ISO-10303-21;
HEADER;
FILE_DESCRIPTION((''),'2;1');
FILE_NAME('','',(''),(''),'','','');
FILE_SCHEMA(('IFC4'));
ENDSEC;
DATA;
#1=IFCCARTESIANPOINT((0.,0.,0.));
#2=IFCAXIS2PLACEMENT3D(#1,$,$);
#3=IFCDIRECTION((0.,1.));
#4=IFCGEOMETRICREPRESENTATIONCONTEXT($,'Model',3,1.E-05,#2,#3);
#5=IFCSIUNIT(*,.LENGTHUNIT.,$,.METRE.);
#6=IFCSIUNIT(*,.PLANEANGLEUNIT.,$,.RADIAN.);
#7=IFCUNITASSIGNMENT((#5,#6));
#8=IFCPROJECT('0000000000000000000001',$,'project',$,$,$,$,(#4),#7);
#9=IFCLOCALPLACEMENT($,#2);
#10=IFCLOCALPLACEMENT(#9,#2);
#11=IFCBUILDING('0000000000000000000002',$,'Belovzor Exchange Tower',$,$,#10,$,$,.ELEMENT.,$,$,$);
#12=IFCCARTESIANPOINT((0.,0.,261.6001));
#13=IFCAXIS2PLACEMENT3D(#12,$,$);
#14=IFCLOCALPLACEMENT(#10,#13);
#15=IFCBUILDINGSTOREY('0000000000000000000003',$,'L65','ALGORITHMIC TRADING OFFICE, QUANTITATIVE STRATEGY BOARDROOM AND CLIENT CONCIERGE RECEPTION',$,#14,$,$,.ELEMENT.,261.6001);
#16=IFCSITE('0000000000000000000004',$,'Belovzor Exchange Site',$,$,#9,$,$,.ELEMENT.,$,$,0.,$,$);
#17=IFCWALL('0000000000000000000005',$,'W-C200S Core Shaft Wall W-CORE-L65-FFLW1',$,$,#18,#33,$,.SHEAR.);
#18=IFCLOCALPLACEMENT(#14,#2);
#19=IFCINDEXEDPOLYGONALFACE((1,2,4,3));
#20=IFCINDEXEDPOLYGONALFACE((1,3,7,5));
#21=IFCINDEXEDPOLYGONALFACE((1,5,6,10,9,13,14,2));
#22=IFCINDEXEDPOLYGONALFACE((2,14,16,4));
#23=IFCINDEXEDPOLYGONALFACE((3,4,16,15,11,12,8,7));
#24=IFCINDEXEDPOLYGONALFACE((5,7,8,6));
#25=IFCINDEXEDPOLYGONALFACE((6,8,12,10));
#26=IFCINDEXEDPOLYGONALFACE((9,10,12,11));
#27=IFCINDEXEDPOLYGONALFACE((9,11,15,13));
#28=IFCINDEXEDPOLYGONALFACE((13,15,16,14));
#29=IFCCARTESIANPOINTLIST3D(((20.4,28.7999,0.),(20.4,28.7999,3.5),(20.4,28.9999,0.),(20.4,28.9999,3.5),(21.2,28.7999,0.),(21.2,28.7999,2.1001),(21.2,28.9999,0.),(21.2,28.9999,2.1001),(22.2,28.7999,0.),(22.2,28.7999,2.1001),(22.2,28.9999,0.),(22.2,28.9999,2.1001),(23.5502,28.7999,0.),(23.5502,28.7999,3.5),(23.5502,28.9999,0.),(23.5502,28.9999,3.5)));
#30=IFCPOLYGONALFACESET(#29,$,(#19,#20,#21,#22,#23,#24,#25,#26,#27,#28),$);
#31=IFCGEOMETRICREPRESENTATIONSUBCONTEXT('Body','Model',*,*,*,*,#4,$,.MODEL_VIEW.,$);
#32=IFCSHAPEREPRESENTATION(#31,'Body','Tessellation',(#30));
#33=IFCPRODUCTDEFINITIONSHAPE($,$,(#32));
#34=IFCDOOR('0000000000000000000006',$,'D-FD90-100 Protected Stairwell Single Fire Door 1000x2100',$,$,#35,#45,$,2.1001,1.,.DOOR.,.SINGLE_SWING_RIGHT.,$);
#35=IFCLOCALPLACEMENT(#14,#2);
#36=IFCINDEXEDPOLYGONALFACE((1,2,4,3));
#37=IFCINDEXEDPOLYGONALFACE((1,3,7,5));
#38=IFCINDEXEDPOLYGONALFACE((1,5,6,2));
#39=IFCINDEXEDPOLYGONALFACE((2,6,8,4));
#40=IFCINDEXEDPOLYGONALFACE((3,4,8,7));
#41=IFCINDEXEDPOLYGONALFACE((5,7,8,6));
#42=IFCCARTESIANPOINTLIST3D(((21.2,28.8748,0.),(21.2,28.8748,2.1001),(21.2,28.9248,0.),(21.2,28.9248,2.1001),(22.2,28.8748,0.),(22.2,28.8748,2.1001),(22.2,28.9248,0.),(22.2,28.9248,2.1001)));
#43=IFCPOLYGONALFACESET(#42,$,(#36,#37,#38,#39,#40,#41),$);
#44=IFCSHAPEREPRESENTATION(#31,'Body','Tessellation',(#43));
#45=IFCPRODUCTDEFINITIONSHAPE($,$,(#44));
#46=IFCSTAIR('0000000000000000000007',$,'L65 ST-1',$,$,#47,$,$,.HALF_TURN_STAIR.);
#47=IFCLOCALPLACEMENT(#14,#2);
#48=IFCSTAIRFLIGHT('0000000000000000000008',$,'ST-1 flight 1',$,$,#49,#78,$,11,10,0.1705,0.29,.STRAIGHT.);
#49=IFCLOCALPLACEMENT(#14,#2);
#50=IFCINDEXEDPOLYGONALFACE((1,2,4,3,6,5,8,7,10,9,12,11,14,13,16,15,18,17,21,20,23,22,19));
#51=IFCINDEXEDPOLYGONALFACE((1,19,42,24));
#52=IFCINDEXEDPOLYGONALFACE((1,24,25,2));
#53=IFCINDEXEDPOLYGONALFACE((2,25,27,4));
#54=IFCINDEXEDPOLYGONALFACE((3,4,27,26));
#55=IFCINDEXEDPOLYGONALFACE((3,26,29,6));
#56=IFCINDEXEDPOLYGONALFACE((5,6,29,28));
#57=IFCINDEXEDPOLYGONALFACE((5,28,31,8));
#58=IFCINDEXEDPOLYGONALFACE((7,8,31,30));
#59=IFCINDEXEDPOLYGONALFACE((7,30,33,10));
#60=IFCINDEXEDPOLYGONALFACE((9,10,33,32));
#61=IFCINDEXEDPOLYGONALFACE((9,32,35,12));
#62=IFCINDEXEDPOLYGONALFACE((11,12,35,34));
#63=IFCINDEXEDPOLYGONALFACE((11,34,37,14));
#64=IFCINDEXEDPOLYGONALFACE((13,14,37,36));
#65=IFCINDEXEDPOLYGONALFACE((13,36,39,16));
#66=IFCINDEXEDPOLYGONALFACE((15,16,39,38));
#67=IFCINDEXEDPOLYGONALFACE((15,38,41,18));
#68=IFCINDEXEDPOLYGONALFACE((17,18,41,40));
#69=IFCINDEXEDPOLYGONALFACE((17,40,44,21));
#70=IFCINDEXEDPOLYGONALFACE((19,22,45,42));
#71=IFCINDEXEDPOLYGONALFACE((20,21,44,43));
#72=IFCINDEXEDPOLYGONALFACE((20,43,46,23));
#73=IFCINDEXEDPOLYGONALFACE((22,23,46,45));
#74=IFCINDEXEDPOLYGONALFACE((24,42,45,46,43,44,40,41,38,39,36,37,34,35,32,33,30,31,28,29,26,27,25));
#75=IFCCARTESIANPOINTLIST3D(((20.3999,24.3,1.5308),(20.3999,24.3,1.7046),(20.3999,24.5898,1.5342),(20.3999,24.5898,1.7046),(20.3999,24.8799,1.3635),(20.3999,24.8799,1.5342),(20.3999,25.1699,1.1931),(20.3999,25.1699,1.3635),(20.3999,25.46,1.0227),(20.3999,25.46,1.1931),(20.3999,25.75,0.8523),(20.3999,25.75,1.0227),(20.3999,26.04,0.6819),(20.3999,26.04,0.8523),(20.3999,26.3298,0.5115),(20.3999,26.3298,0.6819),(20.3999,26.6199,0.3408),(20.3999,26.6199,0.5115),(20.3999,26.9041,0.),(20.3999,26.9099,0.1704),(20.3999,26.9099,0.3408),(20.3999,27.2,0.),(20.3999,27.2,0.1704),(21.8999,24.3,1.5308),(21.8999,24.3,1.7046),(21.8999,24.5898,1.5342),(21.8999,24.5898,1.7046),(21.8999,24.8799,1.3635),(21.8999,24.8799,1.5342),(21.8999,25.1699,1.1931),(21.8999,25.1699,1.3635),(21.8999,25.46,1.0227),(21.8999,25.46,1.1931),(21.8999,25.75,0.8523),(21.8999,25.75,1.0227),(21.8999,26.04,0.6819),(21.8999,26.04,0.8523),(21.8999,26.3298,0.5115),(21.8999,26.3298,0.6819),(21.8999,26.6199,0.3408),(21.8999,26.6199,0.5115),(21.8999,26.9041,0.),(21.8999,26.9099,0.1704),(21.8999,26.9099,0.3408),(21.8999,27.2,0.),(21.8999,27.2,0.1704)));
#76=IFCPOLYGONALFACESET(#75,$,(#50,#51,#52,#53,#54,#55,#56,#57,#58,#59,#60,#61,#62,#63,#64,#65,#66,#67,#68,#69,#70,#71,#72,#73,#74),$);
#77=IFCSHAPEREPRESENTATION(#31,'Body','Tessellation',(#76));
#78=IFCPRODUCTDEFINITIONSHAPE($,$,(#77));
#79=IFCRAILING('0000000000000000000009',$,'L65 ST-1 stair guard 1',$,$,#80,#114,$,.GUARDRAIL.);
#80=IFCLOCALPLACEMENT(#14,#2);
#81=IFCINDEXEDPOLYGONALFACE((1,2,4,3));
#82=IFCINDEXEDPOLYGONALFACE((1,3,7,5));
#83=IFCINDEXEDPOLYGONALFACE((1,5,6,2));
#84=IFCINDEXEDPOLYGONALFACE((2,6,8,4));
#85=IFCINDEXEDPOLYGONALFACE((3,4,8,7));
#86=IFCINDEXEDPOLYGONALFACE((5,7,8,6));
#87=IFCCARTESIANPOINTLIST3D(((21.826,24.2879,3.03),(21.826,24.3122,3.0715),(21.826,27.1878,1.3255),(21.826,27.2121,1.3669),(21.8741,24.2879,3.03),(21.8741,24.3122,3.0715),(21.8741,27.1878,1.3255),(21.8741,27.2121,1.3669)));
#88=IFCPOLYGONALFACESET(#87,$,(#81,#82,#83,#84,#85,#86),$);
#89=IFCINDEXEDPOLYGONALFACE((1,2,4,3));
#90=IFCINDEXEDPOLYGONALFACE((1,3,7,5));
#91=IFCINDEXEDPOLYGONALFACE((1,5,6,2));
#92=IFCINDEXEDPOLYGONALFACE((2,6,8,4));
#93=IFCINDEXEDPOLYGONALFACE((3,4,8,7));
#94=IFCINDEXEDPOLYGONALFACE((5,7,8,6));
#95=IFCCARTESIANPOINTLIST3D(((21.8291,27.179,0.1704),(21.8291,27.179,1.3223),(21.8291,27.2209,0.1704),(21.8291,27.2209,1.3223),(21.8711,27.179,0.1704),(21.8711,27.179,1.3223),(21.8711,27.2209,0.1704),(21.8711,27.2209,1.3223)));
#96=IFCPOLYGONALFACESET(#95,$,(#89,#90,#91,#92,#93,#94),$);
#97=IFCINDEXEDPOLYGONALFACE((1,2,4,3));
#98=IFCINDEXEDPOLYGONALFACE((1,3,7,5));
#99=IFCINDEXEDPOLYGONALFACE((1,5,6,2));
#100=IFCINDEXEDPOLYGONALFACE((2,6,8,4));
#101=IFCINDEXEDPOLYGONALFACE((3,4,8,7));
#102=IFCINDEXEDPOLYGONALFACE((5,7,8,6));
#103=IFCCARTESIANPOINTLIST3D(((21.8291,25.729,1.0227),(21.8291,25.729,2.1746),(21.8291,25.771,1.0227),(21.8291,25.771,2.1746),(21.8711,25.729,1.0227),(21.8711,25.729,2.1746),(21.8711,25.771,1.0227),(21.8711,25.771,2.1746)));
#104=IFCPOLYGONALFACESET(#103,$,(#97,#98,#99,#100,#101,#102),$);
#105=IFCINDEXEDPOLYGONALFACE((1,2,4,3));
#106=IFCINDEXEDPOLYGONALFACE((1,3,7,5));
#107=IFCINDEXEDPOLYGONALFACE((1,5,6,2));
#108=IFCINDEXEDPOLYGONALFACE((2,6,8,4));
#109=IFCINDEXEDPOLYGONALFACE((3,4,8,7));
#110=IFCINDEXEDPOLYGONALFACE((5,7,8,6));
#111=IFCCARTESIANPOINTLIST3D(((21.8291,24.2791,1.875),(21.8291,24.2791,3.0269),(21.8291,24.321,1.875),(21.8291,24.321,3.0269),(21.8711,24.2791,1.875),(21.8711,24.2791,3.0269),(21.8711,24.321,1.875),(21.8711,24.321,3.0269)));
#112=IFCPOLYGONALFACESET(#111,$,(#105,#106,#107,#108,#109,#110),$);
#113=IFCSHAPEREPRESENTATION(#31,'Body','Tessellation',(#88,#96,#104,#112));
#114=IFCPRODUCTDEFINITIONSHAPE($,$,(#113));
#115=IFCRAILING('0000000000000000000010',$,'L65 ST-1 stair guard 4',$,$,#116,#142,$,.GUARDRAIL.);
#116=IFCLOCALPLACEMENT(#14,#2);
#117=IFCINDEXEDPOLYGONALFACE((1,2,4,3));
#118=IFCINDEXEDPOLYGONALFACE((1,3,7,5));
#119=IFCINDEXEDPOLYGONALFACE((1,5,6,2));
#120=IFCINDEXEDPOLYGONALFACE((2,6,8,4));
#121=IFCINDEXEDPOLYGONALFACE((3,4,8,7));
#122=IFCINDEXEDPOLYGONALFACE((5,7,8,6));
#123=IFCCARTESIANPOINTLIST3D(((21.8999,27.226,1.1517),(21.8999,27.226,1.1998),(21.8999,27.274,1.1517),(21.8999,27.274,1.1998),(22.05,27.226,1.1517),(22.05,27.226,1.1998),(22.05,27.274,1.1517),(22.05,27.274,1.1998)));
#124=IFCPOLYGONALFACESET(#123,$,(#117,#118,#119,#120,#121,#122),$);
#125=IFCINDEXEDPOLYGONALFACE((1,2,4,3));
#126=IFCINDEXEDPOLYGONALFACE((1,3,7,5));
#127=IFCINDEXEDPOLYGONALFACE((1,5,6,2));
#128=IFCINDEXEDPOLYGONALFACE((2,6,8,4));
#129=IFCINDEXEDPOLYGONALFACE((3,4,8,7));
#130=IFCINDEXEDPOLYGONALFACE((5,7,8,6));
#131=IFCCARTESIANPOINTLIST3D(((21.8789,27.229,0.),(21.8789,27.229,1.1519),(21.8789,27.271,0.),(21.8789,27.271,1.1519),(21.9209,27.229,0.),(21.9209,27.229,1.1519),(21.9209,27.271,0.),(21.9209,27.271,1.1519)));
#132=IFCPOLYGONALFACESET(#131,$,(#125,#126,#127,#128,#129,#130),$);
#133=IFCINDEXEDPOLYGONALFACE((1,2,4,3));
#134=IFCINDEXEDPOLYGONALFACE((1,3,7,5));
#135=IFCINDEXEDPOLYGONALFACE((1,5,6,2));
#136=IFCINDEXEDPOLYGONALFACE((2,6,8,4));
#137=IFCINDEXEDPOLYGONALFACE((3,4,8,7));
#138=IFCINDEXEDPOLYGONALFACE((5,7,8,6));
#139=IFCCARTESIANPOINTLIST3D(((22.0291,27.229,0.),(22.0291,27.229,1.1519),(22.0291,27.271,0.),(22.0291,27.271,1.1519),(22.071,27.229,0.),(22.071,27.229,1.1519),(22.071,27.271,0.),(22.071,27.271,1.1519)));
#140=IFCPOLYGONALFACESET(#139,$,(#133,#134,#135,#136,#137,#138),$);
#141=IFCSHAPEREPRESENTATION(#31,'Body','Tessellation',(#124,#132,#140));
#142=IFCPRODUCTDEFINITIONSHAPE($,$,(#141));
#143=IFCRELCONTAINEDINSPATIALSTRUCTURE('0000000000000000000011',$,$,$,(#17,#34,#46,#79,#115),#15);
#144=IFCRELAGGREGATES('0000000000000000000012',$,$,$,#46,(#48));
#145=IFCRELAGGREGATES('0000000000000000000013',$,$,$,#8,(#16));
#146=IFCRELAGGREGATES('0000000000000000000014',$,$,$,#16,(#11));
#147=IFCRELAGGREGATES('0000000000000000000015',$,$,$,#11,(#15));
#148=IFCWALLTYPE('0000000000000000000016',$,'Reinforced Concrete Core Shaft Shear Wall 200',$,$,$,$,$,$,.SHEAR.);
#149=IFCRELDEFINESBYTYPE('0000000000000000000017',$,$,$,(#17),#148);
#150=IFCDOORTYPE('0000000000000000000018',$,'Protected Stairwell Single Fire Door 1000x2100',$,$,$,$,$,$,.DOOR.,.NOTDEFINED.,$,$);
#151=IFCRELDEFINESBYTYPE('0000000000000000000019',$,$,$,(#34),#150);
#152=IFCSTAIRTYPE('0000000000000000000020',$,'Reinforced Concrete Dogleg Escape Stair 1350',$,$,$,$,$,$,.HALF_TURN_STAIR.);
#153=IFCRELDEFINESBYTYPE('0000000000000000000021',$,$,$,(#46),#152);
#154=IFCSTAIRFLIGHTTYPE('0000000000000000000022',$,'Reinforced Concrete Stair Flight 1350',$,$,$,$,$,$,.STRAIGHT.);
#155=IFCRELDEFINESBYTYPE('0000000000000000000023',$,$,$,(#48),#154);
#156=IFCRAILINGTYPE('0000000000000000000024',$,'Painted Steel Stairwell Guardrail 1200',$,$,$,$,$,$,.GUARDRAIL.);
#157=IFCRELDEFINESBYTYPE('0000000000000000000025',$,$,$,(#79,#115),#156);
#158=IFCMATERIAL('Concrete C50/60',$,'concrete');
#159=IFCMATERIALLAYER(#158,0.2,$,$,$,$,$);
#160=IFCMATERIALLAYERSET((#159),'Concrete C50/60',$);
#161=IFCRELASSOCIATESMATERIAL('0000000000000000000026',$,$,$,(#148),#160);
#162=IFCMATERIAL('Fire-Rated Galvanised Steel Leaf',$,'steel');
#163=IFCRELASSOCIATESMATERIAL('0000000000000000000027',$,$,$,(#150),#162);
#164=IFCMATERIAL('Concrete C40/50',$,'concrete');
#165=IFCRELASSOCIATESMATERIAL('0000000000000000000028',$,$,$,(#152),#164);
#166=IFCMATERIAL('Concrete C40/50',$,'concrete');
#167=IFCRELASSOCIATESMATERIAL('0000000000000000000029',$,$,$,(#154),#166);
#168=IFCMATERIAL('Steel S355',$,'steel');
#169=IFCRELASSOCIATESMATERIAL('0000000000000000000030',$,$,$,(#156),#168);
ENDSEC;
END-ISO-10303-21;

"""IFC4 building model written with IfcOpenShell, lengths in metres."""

from ifc_helpers import new_model, si_unit, direction, frame, frame_2d, origin, origin_2d, place, context, subcontext, project, spatial, polyline, rectangle, outline, extrude, material, layer, layer_set, type_object, element, fill, aggregate, save


model = new_model("IFC4")

# Units and contexts
model_context = context("Model", 3, precision=1e-05, world=origin(), true_north=direction((0.0, 1.0)))
body_context = subcontext(model_context, "Body", "Model", "MODEL_VIEW")
ifc_project = project(units=[si_unit("LENGTHUNIT", "METRE"), si_unit("PLANEANGLEUNIT", "RADIAN")], contexts=[model_context])

# Site, building, storey
site_placement = place(None, origin())
site = spatial("IfcSite", under=ifc_project, at=site_placement, Name="Belovzor Exchange Site", CompositionType="ELEMENT", RefElevation=0.0)
building_placement = place(site_placement, origin())
building = spatial("IfcBuilding", under=site, at=building_placement, Name="Belovzor Exchange Tower", CompositionType="ELEMENT")
storey_placement = place(building_placement, frame((0.0, 0.0, 261.6001)))
storey = spatial("IfcBuildingStorey", under=building, at=storey_placement, Name="L65", Description="ALGORITHMIC TRADING OFFICE, QUANTITATIVE STRATEGY BOARDROOM AND CLIENT CONCIERGE RECEPTION", CompositionType="ELEMENT", Elevation=261.6001)

# Wall, opening, door
ifc_material_1 = material(Name="Concrete C50/60", Category="concrete")
ifc_layer_1 = layer(ifc_material_1, 0.2)
ifc_layer_set_1 = layer_set([ifc_layer_1], Name="Concrete C50/60")
wall_type_1 = type_object("IfcWallType", Name="Reinforced Concrete Core Shaft Shear Wall 200", PredefinedType="SHEAR", material=ifc_layer_set_1)
wall_1_placement = place(storey_placement, frame((20.3999, 28.8999, 0.0), z_axis=(0.0, 0.0, 1.0), x_axis=(1.0, 0.0, 0.0)))
wall_1 = element("IfcWall", 1, at=wall_1_placement, inside=storey, type_object=wall_type_1, Name="W-C200S Core Shaft Wall W-CORE-L65-FFLW1", PredefinedType="SHEAR", context=body_context, shape_type="SweptSolid", body=[
    extrude(rectangle(XDim=3.1501, YDim=0.2, at=frame_2d((1.5752, 0.0))), origin(), (0.0, 0.0, 1.0), 3.5),
])
opening_1_placement = place(wall_1_placement, frame((0.8, 0.0, 0.0)))
opening_1 = element("IfcOpeningElement", 2, at=opening_1_placement, cuts=wall_1, PredefinedType="OPENING", context=body_context, shape_type="SweptSolid", body=[
    extrude(rectangle(XDim=1.0, YDim=2.1001, at=frame_2d((0.5, 1.05))), frame((0.0, 0.1099, 0.0), z_axis=(0.0, -1.0, 0.0), x_axis=(1.0, 0.0, 0.0)), (0.0, 0.0, 1.0), 0.22),
])
ifc_material_2 = material(Name="Fire-Rated Galvanised Steel Leaf", Category="steel")
door_type_1 = type_object("IfcDoorType", Name="Protected Stairwell Single Fire Door 1000x2100", OperationType="NOTDEFINED", PredefinedType="DOOR", material=ifc_material_2)
door_1_placement = place(opening_1_placement, origin())
door_1 = element("IfcDoor", 3, at=door_1_placement, inside=storey, type_object=door_type_1, Name="D-FD90-100 Protected Stairwell Single Fire Door 1000x2100", OperationType="SINGLE_SWING_RIGHT", OverallHeight=2.1001, OverallWidth=1.0, PredefinedType="DOOR", context=body_context, shape_type="SweptSolid", body=[
    extrude(rectangle(XDim=1.0, YDim=2.1001, at=frame_2d((0.5, 1.05))), frame((0.0, 0.0249, 0.0), z_axis=(0.0, -1.0, 0.0), x_axis=(1.0, 0.0, 0.0)), (0.0, 0.0, 1.0), 0.05),
])
fill(opening_1, door_1)

# Stair, stair flight
ifc_material_3 = material(Name="Concrete C40/50", Category="concrete")
stair_type = type_object("IfcStairType", Name="Reinforced Concrete Dogleg Escape Stair 1350", PredefinedType="HALF_TURN_STAIR", material=ifc_material_3)
stair_placement = place(storey_placement, origin())
stair = element("IfcStair", 4, at=stair_placement, inside=storey, type_object=stair_type, Name="L65 ST-1", PredefinedType="HALF_TURN_STAIR")
ifc_material_4 = material(Name="Concrete C40/50", Category="concrete")
stair_flight_type = type_object("IfcStairFlightType", Name="Reinforced Concrete Stair Flight 1350", PredefinedType="STRAIGHT", material=ifc_material_4)
stair_flight_placement = place(storey_placement, frame((21.1499, 27.2, 0.0), z_axis=(0.0, 0.0, 1.0), x_axis=(0.0, -1.0, 0.0)))
stair_flight = element("IfcStairFlight", 5, at=stair_flight_placement, type_object=stair_flight_type, Name="ST-1 flight 1", NumberOfRisers=11, NumberOfTreads=10, PredefinedType="STRAIGHT", RiserHeight=0.1705, TreadLength=0.29, context=body_context, shape_type="SweptSolid", body=[
    extrude(outline(polyline([(0.0, 0.0), (0.0, 0.1704), (0.29, 0.1704), (0.29, 0.3408), (0.5801, 0.3408), (0.5801, 0.5115), (0.8701, 0.5115), (0.8701, 0.6819), (1.1599, 0.6819), (1.1599, 0.8523), (1.45, 0.8523), (1.45, 1.0227), (1.74, 1.0227), (1.74, 1.1931), (2.03, 1.1931), (2.03, 1.3635), (2.3201, 1.3635), (2.3201, 1.5342), (2.6101, 1.5342), (2.6101, 1.7046), (2.8999, 1.7046), (2.8999, 1.875), (2.8999, 1.5308), (0.2959, 0.0), (0.0, 0.0)])), frame((0.0, 0.75, 0.0), z_axis=(0.0, -1.0, 0.0), x_axis=(1.0, 0.0, 0.0)), (0.0, 0.0, 1.0), 1.5),
])
aggregate(stair, [stair_flight])

# Railings
ifc_material_5 = material(Name="Steel S355", Category="steel")
railing_type = type_object("IfcRailingType", Name="Painted Steel Stairwell Guardrail 1200", PredefinedType="GUARDRAIL", material=ifc_material_5)
railing_1_placement = place(storey_placement, frame((21.8501, 27.2, 0.1704)))
element("IfcRailing", 6, at=railing_1_placement, inside=storey, type_object=railing_type, Name="L65 ST-1 stair guard 1", PredefinedType="GUARDRAIL", context=body_context, shape_type="SweptSolid", body=[
    extrude(rectangle(XDim=0.0481, YDim=0.0481, at=origin_2d()), frame((0.0, 0.0, 1.1758), z_axis=(0.0, -0.862095, 0.506747), x_axis=(1.0, 0.0, 0.0)), (0.0, 0.0, 1.0), 3.3638),
    extrude(rectangle(XDim=0.042, YDim=0.042, at=origin_2d()), origin(), (0.0, 0.0, 1.0), 1.1519),
    extrude(rectangle(XDim=0.042, YDim=0.042, at=origin_2d()), frame((0.0, -1.45, 0.8523)), (0.0, 0.0, 1.0), 1.1519),
    extrude(rectangle(XDim=0.042, YDim=0.042, at=origin_2d()), frame((0.0, -2.8999, 1.7046)), (0.0, 0.0, 1.0), 1.1519),
])
railing_2_placement = place(storey_placement, frame((21.8999, 27.25, 0.0)))
element("IfcRailing", 7, at=railing_2_placement, inside=storey, type_object=railing_type, Name="L65 ST-1 stair guard 4", PredefinedType="GUARDRAIL", context=body_context, shape_type="SweptSolid", body=[
    extrude(rectangle(XDim=0.0481, YDim=0.0481, at=origin_2d()), frame((0.0, 0.0, 1.1758), z_axis=(1.0, 0.0, 0.0), x_axis=(0.0, 1.0, 0.0)), (0.0, 0.0, 1.0), 0.1501),
    extrude(rectangle(XDim=0.042, YDim=0.042, at=origin_2d()), origin(), (0.0, 0.0, 1.0), 1.1519),
    extrude(rectangle(XDim=0.042, YDim=0.042, at=origin_2d()), frame((0.1501, 0.0, 0.0)), (0.0, 0.0, 1.0), 1.1519),
])

save(model, "model.ifc")
